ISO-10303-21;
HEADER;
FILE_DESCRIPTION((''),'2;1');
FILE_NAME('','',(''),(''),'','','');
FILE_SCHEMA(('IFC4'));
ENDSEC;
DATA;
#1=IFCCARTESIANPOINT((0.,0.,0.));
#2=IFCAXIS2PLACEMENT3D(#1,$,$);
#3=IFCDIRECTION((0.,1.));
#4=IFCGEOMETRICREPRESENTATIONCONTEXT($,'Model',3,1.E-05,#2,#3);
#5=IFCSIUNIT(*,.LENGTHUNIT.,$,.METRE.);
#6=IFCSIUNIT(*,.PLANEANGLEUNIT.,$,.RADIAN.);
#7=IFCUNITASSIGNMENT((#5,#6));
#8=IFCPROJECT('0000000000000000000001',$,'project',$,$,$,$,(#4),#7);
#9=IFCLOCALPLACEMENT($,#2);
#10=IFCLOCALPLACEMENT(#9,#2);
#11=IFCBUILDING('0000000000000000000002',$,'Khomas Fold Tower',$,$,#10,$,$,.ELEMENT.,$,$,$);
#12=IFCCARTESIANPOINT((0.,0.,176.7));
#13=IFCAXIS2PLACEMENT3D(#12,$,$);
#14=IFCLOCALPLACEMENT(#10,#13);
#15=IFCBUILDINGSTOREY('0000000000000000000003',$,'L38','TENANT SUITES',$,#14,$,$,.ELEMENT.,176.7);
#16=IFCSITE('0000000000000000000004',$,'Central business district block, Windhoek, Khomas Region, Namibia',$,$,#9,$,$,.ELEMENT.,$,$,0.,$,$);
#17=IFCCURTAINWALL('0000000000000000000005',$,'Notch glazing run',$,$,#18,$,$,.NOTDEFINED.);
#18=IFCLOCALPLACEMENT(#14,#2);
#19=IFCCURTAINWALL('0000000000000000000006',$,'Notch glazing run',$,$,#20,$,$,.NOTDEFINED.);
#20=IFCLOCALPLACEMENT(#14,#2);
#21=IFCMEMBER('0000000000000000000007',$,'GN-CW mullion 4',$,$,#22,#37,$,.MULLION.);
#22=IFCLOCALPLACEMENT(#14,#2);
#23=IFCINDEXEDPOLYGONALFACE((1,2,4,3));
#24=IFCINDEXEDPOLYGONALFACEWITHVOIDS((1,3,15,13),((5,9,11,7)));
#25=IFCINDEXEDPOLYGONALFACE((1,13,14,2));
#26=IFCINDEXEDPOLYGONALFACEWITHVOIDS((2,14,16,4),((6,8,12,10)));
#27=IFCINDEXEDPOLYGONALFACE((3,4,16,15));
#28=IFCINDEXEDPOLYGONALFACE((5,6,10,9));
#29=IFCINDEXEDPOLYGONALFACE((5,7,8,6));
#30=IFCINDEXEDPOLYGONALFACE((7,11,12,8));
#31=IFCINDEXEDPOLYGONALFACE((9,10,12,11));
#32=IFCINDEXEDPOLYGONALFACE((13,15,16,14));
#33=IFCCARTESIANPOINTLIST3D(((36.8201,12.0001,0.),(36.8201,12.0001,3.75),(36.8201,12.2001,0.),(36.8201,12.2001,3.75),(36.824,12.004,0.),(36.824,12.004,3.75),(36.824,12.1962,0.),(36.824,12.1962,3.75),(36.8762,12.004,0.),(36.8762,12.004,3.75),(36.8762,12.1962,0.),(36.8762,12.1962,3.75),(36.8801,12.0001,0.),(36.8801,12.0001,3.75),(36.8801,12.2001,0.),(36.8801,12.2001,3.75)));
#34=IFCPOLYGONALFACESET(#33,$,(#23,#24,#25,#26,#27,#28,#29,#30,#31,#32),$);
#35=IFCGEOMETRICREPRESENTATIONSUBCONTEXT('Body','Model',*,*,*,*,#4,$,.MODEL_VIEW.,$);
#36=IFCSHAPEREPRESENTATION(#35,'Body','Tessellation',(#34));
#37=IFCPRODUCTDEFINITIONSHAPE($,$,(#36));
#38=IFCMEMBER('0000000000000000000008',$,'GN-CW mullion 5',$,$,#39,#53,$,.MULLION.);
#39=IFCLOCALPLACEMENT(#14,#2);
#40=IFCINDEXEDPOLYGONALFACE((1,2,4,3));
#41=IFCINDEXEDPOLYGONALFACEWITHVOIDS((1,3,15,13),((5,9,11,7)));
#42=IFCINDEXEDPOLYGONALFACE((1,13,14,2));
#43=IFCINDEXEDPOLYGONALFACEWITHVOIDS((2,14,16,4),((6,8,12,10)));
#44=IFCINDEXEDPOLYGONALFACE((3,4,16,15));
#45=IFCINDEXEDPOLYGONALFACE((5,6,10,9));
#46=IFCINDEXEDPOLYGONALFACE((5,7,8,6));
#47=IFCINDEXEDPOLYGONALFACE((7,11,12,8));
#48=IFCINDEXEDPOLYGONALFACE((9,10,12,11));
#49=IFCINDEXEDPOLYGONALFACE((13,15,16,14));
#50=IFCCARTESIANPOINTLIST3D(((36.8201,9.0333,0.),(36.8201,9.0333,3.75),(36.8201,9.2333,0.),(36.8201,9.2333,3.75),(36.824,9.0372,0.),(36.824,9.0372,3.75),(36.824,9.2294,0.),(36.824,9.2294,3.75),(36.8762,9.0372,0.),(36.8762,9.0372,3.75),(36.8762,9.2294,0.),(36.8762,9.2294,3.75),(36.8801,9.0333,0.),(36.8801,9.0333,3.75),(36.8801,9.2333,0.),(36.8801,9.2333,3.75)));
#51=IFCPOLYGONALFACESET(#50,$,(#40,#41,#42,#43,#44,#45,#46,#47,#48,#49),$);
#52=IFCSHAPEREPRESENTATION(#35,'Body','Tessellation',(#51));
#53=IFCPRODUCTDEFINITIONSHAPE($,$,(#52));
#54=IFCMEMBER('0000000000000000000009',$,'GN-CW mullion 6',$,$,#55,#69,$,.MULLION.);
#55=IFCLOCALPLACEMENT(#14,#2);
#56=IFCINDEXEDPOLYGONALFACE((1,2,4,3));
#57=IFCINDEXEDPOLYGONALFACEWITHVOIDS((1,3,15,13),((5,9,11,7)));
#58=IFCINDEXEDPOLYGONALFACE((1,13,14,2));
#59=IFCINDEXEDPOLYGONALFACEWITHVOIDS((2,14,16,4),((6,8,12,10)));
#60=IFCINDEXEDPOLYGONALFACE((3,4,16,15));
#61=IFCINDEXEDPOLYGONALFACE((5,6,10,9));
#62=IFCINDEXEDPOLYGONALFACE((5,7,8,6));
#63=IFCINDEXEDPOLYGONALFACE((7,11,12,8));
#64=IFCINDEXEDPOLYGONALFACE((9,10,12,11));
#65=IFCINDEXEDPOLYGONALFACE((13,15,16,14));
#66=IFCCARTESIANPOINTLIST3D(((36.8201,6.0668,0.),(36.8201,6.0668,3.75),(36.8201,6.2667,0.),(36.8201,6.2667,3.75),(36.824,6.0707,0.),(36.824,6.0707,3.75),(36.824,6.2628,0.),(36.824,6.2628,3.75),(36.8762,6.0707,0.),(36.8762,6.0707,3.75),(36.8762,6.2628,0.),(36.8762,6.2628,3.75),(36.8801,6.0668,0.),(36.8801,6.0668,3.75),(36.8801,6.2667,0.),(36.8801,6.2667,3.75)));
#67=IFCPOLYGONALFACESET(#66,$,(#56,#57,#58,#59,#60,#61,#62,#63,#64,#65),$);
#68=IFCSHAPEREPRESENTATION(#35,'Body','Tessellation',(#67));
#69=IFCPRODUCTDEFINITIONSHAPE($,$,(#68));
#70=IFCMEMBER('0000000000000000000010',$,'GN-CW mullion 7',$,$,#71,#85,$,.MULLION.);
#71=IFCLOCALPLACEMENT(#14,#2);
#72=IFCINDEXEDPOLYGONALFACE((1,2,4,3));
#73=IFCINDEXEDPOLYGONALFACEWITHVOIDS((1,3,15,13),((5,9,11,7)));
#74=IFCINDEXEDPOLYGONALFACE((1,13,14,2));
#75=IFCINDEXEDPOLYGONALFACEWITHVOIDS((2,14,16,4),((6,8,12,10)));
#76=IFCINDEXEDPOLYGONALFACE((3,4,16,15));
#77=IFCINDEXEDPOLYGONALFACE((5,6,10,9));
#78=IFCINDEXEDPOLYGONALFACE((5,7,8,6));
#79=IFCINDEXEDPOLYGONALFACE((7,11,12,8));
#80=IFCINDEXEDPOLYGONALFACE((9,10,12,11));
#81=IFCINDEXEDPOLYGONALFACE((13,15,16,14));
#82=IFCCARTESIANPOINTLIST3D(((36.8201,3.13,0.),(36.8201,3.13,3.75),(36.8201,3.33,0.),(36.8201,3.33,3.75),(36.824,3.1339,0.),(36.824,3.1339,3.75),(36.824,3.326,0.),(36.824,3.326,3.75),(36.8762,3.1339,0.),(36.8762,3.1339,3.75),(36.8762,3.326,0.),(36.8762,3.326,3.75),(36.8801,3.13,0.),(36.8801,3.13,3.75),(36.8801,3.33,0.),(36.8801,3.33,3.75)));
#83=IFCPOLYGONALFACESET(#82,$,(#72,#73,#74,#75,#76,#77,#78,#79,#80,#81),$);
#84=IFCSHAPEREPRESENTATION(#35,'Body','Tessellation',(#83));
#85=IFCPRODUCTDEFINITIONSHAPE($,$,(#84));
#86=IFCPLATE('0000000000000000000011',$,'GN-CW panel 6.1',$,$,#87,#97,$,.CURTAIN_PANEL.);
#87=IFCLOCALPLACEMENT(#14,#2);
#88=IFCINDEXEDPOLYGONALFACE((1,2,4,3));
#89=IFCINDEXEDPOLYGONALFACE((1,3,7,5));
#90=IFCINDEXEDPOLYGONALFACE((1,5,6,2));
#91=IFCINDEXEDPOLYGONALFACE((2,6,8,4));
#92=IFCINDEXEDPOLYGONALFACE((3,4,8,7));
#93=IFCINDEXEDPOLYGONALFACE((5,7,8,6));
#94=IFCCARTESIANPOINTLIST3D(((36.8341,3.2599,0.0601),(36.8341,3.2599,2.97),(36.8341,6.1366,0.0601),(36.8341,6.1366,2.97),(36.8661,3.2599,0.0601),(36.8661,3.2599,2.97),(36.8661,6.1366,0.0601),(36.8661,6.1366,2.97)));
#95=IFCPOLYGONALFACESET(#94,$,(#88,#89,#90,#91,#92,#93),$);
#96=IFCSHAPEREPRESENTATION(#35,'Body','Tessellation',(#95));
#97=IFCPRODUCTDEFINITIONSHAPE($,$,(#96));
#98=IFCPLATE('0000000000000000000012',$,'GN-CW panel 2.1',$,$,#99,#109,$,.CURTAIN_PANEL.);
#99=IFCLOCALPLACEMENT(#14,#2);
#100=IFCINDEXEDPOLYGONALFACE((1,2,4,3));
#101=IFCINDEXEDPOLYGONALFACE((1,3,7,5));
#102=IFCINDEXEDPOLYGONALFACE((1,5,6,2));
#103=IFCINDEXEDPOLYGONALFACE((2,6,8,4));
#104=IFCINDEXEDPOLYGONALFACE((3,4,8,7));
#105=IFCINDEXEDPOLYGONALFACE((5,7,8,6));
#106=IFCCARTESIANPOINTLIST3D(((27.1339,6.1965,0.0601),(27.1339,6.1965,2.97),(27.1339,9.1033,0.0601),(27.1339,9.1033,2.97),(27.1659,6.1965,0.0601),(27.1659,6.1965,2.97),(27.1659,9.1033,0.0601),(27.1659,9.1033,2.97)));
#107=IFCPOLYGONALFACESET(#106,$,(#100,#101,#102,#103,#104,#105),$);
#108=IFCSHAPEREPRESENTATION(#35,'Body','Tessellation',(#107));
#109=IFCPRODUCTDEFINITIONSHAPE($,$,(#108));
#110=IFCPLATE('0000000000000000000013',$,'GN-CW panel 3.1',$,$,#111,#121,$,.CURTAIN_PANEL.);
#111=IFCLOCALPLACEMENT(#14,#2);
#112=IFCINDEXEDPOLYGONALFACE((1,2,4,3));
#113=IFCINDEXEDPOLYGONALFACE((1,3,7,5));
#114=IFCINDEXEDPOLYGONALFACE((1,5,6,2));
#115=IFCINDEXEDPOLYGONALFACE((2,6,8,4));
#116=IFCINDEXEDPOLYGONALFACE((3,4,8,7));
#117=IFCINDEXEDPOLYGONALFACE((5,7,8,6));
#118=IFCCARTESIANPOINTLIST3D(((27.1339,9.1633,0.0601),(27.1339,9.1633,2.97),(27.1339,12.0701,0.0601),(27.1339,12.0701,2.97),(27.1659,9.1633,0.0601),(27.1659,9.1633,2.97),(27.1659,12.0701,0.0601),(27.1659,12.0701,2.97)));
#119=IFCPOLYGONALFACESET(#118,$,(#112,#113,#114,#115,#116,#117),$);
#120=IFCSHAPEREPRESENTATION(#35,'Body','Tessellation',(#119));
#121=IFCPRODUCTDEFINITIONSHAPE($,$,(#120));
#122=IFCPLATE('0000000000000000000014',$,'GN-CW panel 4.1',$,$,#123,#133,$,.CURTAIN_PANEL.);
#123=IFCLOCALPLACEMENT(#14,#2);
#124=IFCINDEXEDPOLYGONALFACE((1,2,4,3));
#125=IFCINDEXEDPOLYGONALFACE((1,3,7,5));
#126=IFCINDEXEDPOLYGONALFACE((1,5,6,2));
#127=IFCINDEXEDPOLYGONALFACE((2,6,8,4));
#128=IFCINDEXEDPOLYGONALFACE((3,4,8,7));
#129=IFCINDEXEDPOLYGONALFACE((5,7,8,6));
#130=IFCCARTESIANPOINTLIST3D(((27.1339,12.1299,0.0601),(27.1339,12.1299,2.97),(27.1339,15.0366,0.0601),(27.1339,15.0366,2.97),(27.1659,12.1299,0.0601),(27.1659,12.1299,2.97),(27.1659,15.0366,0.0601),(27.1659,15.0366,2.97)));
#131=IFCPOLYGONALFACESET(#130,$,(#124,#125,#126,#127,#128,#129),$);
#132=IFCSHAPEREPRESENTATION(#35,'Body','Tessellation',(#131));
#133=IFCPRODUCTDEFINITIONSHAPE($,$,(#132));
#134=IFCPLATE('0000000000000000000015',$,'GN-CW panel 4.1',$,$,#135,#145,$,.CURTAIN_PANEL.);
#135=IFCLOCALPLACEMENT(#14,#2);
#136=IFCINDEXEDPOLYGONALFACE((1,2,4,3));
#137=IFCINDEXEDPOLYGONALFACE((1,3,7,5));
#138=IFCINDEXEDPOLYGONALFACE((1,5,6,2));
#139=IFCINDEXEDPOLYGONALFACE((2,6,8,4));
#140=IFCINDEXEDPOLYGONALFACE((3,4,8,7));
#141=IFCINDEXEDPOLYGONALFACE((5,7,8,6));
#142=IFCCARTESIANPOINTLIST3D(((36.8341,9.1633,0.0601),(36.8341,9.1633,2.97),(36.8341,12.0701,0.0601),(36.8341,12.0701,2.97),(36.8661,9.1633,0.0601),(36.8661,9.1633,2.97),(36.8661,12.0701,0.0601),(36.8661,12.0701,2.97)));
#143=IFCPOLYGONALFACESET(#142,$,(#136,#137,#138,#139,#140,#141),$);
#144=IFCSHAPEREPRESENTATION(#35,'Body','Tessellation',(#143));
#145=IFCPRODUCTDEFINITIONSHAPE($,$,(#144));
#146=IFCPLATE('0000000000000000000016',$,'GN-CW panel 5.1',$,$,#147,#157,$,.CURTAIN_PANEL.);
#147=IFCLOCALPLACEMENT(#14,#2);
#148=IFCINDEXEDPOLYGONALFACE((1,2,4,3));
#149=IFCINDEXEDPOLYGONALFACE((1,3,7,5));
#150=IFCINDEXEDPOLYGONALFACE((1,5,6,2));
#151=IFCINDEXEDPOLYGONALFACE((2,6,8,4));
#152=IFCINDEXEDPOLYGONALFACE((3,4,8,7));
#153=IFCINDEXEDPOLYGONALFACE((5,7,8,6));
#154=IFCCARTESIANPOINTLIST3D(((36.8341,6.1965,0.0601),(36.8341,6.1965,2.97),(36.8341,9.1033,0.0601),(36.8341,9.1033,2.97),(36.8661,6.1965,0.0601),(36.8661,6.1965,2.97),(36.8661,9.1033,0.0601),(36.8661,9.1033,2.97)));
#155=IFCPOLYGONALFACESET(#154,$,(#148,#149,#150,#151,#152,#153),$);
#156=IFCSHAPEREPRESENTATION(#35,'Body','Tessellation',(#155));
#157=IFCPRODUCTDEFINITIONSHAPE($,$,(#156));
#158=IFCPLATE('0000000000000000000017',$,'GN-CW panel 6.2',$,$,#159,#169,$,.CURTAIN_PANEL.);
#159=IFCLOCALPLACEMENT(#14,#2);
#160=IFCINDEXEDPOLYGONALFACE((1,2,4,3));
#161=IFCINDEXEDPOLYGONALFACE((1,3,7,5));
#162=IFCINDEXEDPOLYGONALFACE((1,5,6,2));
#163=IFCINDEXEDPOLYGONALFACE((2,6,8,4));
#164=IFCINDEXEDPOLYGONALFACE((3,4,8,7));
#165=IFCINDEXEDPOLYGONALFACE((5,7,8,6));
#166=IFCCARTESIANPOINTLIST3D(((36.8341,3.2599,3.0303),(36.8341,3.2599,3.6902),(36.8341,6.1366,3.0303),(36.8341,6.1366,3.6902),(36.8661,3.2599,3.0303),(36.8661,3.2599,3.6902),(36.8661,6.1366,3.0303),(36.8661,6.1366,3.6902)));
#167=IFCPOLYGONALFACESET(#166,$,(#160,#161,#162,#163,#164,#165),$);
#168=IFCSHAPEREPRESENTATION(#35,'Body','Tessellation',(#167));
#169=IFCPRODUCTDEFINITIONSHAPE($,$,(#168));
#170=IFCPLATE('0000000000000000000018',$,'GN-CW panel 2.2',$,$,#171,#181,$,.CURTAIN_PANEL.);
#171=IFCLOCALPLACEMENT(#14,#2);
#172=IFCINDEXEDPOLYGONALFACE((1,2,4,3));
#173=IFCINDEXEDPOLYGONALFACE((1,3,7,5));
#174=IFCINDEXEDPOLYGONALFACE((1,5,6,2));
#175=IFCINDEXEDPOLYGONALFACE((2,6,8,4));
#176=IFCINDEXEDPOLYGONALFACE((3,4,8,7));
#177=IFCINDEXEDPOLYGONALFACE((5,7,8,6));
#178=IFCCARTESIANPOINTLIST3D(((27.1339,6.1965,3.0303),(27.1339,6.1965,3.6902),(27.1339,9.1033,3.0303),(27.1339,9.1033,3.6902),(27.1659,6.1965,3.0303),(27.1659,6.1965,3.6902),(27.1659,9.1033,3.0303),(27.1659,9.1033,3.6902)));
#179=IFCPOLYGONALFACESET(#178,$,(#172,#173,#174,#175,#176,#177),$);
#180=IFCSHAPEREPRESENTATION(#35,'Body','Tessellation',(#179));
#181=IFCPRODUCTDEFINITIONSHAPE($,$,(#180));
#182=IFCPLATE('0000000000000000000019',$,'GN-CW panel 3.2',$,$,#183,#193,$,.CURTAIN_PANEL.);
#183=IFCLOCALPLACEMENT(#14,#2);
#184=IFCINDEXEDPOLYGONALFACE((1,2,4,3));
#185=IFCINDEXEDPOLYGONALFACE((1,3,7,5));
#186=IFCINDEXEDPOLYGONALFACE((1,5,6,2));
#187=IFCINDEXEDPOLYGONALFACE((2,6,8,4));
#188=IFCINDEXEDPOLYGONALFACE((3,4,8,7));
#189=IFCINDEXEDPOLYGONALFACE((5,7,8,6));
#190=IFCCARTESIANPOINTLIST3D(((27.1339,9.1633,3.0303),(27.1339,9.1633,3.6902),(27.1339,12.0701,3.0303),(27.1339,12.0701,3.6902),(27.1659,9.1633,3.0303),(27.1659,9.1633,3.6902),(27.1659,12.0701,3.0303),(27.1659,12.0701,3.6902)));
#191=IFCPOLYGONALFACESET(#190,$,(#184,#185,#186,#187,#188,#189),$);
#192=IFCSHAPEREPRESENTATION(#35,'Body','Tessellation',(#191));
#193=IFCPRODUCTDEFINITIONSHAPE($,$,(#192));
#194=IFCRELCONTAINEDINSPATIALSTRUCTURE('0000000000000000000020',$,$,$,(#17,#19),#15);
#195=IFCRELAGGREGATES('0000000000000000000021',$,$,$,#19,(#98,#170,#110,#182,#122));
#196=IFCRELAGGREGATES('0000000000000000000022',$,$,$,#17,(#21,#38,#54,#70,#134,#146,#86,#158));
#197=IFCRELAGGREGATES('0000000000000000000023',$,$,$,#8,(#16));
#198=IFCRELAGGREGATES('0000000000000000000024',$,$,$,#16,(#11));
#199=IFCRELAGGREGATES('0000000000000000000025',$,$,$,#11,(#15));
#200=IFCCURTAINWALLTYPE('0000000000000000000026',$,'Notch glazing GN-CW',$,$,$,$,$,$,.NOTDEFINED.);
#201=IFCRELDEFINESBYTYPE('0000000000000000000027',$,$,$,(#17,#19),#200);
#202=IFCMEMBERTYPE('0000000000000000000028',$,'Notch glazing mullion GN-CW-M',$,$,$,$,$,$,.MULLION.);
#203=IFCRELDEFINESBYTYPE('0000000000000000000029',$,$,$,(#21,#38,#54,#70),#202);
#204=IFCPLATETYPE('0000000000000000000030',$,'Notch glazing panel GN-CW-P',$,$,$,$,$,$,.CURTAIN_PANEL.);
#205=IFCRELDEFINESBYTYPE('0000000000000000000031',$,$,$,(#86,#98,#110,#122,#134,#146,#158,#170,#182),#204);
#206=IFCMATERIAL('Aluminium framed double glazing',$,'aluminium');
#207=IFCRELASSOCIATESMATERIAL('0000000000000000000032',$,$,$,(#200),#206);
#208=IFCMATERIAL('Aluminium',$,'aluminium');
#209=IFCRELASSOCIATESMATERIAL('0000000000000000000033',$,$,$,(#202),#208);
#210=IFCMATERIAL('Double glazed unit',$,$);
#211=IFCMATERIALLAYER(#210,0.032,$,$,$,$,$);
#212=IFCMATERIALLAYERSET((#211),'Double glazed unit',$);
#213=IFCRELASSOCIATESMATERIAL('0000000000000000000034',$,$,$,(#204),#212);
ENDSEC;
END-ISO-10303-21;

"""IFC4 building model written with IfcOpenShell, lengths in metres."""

from ifc_helpers import new_model, si_unit, direction, frame, origin, origin_2d, place, context, subcontext, project, spatial, rectangle, hollow_rectangle, extrude, source, transform, mapped, material, layer, layer_set, material_profile, profile_set, type_object, element, aggregate, save


model = new_model("IFC4")

# Units and contexts
model_context = context("Model", 3, precision=1e-05, world=origin(), true_north=direction((0.0, 1.0)))
body_context = subcontext(model_context, "Body", "Model", "MODEL_VIEW")
ifc_project = project(units=[si_unit("LENGTHUNIT", "METRE"), si_unit("PLANEANGLEUNIT", "RADIAN")], contexts=[model_context])

# Site, building, storey
site_placement = place(None, origin())
site = spatial("IfcSite", under=ifc_project, at=site_placement, Name="Central business district block, Windhoek, Khomas Region, Namibia", CompositionType="ELEMENT", RefElevation=0.0)
building_placement = place(site_placement, origin())
building = spatial("IfcBuilding", under=site, at=building_placement, Name="Khomas Fold Tower", CompositionType="ELEMENT")
storey_placement = place(building_placement, frame((0.0, 0.0, 176.7)))
storey = spatial("IfcBuildingStorey", under=building, at=storey_placement, Name="L38", Description="TENANT SUITES", CompositionType="ELEMENT", Elevation=176.7)

# Curtain walls
ifc_material_1 = material(Name="Aluminium framed double glazing", Category="aluminium")
curtain_wall_type_1 = type_object("IfcCurtainWallType", Name="Notch glazing GN-CW", PredefinedType="NOTDEFINED", material=ifc_material_1)
curtain_wall_1_placement = place(storey_placement, origin())
curtain_wall_1 = element("IfcCurtainWall", 1, at=curtain_wall_1_placement, inside=storey, type_object=curtain_wall_type_1, Name="Notch glazing run", PredefinedType="NOTDEFINED")
curtain_wall_2_placement = place(storey_placement, origin())
curtain_wall_2 = element("IfcCurtainWall", 2, at=curtain_wall_2_placement, inside=storey, type_object=curtain_wall_type_1, Name="Notch glazing run", PredefinedType="NOTDEFINED")

# Members
ifc_material_2 = material(Name="Aluminium", Category="aluminium")
ifc_material_profile_1 = material_profile(ifc_material_2, hollow_rectangle(XDim=0.0601, YDim=0.2, WallThickness=0.0039, at=origin_2d()), Name="Notch glazing mullion GN-CW-M")
ifc_profile_set_1 = profile_set([ifc_material_profile_1], Name="Aluminium")
member_type_1 = type_object("IfcMemberType", Name="Notch glazing mullion GN-CW-M", PredefinedType="MULLION", material=ifc_profile_set_1)
shared_shape_1 = source(origin(), body_context, "Body", "SweptSolid", [
    extrude(hollow_rectangle(XDim=0.0601, YDim=0.2, WallThickness=0.0039, at=origin_2d()), origin(), (0.0, 0.0, 1.0), 3.75),
])
member_1_placement = place(storey_placement, frame((36.8501, 12.1001, 0.0), z_axis=(0.0, 0.0, 1.0), x_axis=(1.0, 0.0, 0.0)))
member_1 = element("IfcMember", 3, at=member_1_placement, type_object=member_type_1, Name="GN-CW mullion 4", PredefinedType="MULLION", context=body_context, shape_type="MappedRepresentation", body=[
    mapped(shared_shape_1, transform((0.0, 0.0, 0.0))),
])
member_2_placement = place(storey_placement, frame((36.8501, 9.1333, 0.0), z_axis=(0.0, 0.0, 1.0), x_axis=(1.0, 0.0, 0.0)))
member_2 = element("IfcMember", 4, at=member_2_placement, type_object=member_type_1, Name="GN-CW mullion 5", PredefinedType="MULLION", context=body_context, shape_type="MappedRepresentation", body=[
    mapped(shared_shape_1, transform((0.0, 0.0, 0.0))),
])
member_3_placement = place(storey_placement, frame((36.8501, 6.1667, 0.0), z_axis=(0.0, 0.0, 1.0), x_axis=(1.0, 0.0, 0.0)))
member_3 = element("IfcMember", 5, at=member_3_placement, type_object=member_type_1, Name="GN-CW mullion 6", PredefinedType="MULLION", context=body_context, shape_type="MappedRepresentation", body=[
    mapped(shared_shape_1, transform((0.0, 0.0, 0.0))),
])
member_4_placement = place(storey_placement, frame((36.8501, 3.23, 0.0), z_axis=(0.0, 0.0, 1.0), x_axis=(1.0, 0.0, 0.0)))
member_4 = element("IfcMember", 6, at=member_4_placement, type_object=member_type_1, Name="GN-CW mullion 7", PredefinedType="MULLION", context=body_context, shape_type="MappedRepresentation", body=[
    mapped(shared_shape_1, transform((0.0, 0.0, 0.0))),
])

# Plates
ifc_material_3 = material(Name="Double glazed unit")
ifc_layer = layer(ifc_material_3, 0.032)
ifc_layer_set = layer_set([ifc_layer], Name="Double glazed unit")
plate_type = type_object("IfcPlateType", Name="Notch glazing panel GN-CW-P", PredefinedType="CURTAIN_PANEL", material=ifc_layer_set)
shared_shape_2 = source(origin(), body_context, "Body", "SweptSolid", [
    extrude(rectangle(XDim=2.8767, YDim=0.032, at=origin_2d()), origin(), (0.0, 0.0, 1.0), 2.9099),
])
plate_1_placement = place(storey_placement, frame((36.8501, 4.6982, 0.0601), z_axis=(0.0, 0.0, 1.0), x_axis=(0.0, -1.0, 0.0)))
plate_1 = element("IfcPlate", 7, at=plate_1_placement, type_object=plate_type, Name="GN-CW panel 6.1", PredefinedType="CURTAIN_PANEL", context=body_context, shape_type="MappedRepresentation", body=[
    mapped(shared_shape_2, transform((0.0, 0.0, 0.0))),
])
shared_shape_3 = source(origin(), body_context, "Body", "SweptSolid", [
    extrude(rectangle(XDim=2.9067, YDim=0.032, at=origin_2d()), origin(), (0.0, 0.0, 1.0), 2.9099),
])
plate_2_placement = place(storey_placement, frame((27.1499, 7.6499, 0.0601), z_axis=(0.0, 0.0, 1.0), x_axis=(0.0, 1.0, 0.0)))
plate_2 = element("IfcPlate", 8, at=plate_2_placement, type_object=plate_type, Name="GN-CW panel 2.1", PredefinedType="CURTAIN_PANEL", context=body_context, shape_type="MappedRepresentation", body=[
    mapped(shared_shape_3, transform((0.0, 0.0, 0.0))),
])
plate_3_placement = place(storey_placement, frame((27.1499, 10.6167, 0.0601), z_axis=(0.0, 0.0, 1.0), x_axis=(0.0, 1.0, 0.0)))
plate_3 = element("IfcPlate", 9, at=plate_3_placement, type_object=plate_type, Name="GN-CW panel 3.1", PredefinedType="CURTAIN_PANEL", context=body_context, shape_type="MappedRepresentation", body=[
    mapped(shared_shape_3, transform((0.0, 0.0, 0.0))),
])
plate_4_placement = place(storey_placement, frame((27.1499, 13.5833, 0.0601), z_axis=(0.0, 0.0, 1.0), x_axis=(0.0, 1.0, 0.0)))
plate_4 = element("IfcPlate", 10, at=plate_4_placement, type_object=plate_type, Name="GN-CW panel 4.1", PredefinedType="CURTAIN_PANEL", context=body_context, shape_type="MappedRepresentation", body=[
    mapped(shared_shape_3, transform((0.0, 0.0, 0.0))),
])
plate_5_placement = place(storey_placement, frame((36.8501, 10.6167, 0.0601), z_axis=(0.0, 0.0, 1.0), x_axis=(0.0, -1.0, 0.0)))
plate_5 = element("IfcPlate", 11, at=plate_5_placement, type_object=plate_type, Name="GN-CW panel 4.1", PredefinedType="CURTAIN_PANEL", context=body_context, shape_type="MappedRepresentation", body=[
    mapped(shared_shape_3, transform((0.0, 0.0, 0.0))),
])
plate_6_placement = place(storey_placement, frame((36.8501, 7.6499, 0.0601), z_axis=(0.0, 0.0, 1.0), x_axis=(0.0, -1.0, 0.0)))
plate_6 = element("IfcPlate", 12, at=plate_6_placement, type_object=plate_type, Name="GN-CW panel 5.1", PredefinedType="CURTAIN_PANEL", context=body_context, shape_type="MappedRepresentation", body=[
    mapped(shared_shape_3, transform((0.0, 0.0, 0.0))),
])
shared_shape_4 = source(origin(), body_context, "Body", "SweptSolid", [
    extrude(rectangle(XDim=2.8767, YDim=0.032, at=origin_2d()), origin(), (0.0, 0.0, 1.0), 0.6599),
])
plate_7_placement = place(storey_placement, frame((36.8501, 4.6982, 3.0303), z_axis=(0.0, 0.0, 1.0), x_axis=(0.0, -1.0, 0.0)))
plate_7 = element("IfcPlate", 13, at=plate_7_placement, type_object=plate_type, Name="GN-CW panel 6.2", PredefinedType="CURTAIN_PANEL", context=body_context, shape_type="MappedRepresentation", body=[
    mapped(shared_shape_4, transform((0.0, 0.0, 0.0))),
])
shared_shape_5 = source(origin(), body_context, "Body", "SweptSolid", [
    extrude(rectangle(XDim=2.9067, YDim=0.032, at=origin_2d()), origin(), (0.0, 0.0, 1.0), 0.6599),
])
plate_8_placement = place(storey_placement, frame((27.1499, 7.6499, 3.0303), z_axis=(0.0, 0.0, 1.0), x_axis=(0.0, 1.0, 0.0)))
plate_8 = element("IfcPlate", 14, at=plate_8_placement, type_object=plate_type, Name="GN-CW panel 2.2", PredefinedType="CURTAIN_PANEL", context=body_context, shape_type="MappedRepresentation", body=[
    mapped(shared_shape_5, transform((0.0, 0.0, 0.0))),
])
plate_9_placement = place(storey_placement, frame((27.1499, 10.6167, 3.0303), z_axis=(0.0, 0.0, 1.0), x_axis=(0.0, 1.0, 0.0)))
plate_9 = element("IfcPlate", 15, at=plate_9_placement, type_object=plate_type, Name="GN-CW panel 3.2", PredefinedType="CURTAIN_PANEL", context=body_context, shape_type="MappedRepresentation", body=[
    mapped(shared_shape_5, transform((0.0, 0.0, 0.0))),
])
aggregate(curtain_wall_2, [plate_2, plate_8, plate_3, plate_9, plate_4])
aggregate(curtain_wall_1, [member_1, member_2, member_3, member_4, plate_5, plate_6, plate_1, plate_7])

save(model, "model.ifc")
